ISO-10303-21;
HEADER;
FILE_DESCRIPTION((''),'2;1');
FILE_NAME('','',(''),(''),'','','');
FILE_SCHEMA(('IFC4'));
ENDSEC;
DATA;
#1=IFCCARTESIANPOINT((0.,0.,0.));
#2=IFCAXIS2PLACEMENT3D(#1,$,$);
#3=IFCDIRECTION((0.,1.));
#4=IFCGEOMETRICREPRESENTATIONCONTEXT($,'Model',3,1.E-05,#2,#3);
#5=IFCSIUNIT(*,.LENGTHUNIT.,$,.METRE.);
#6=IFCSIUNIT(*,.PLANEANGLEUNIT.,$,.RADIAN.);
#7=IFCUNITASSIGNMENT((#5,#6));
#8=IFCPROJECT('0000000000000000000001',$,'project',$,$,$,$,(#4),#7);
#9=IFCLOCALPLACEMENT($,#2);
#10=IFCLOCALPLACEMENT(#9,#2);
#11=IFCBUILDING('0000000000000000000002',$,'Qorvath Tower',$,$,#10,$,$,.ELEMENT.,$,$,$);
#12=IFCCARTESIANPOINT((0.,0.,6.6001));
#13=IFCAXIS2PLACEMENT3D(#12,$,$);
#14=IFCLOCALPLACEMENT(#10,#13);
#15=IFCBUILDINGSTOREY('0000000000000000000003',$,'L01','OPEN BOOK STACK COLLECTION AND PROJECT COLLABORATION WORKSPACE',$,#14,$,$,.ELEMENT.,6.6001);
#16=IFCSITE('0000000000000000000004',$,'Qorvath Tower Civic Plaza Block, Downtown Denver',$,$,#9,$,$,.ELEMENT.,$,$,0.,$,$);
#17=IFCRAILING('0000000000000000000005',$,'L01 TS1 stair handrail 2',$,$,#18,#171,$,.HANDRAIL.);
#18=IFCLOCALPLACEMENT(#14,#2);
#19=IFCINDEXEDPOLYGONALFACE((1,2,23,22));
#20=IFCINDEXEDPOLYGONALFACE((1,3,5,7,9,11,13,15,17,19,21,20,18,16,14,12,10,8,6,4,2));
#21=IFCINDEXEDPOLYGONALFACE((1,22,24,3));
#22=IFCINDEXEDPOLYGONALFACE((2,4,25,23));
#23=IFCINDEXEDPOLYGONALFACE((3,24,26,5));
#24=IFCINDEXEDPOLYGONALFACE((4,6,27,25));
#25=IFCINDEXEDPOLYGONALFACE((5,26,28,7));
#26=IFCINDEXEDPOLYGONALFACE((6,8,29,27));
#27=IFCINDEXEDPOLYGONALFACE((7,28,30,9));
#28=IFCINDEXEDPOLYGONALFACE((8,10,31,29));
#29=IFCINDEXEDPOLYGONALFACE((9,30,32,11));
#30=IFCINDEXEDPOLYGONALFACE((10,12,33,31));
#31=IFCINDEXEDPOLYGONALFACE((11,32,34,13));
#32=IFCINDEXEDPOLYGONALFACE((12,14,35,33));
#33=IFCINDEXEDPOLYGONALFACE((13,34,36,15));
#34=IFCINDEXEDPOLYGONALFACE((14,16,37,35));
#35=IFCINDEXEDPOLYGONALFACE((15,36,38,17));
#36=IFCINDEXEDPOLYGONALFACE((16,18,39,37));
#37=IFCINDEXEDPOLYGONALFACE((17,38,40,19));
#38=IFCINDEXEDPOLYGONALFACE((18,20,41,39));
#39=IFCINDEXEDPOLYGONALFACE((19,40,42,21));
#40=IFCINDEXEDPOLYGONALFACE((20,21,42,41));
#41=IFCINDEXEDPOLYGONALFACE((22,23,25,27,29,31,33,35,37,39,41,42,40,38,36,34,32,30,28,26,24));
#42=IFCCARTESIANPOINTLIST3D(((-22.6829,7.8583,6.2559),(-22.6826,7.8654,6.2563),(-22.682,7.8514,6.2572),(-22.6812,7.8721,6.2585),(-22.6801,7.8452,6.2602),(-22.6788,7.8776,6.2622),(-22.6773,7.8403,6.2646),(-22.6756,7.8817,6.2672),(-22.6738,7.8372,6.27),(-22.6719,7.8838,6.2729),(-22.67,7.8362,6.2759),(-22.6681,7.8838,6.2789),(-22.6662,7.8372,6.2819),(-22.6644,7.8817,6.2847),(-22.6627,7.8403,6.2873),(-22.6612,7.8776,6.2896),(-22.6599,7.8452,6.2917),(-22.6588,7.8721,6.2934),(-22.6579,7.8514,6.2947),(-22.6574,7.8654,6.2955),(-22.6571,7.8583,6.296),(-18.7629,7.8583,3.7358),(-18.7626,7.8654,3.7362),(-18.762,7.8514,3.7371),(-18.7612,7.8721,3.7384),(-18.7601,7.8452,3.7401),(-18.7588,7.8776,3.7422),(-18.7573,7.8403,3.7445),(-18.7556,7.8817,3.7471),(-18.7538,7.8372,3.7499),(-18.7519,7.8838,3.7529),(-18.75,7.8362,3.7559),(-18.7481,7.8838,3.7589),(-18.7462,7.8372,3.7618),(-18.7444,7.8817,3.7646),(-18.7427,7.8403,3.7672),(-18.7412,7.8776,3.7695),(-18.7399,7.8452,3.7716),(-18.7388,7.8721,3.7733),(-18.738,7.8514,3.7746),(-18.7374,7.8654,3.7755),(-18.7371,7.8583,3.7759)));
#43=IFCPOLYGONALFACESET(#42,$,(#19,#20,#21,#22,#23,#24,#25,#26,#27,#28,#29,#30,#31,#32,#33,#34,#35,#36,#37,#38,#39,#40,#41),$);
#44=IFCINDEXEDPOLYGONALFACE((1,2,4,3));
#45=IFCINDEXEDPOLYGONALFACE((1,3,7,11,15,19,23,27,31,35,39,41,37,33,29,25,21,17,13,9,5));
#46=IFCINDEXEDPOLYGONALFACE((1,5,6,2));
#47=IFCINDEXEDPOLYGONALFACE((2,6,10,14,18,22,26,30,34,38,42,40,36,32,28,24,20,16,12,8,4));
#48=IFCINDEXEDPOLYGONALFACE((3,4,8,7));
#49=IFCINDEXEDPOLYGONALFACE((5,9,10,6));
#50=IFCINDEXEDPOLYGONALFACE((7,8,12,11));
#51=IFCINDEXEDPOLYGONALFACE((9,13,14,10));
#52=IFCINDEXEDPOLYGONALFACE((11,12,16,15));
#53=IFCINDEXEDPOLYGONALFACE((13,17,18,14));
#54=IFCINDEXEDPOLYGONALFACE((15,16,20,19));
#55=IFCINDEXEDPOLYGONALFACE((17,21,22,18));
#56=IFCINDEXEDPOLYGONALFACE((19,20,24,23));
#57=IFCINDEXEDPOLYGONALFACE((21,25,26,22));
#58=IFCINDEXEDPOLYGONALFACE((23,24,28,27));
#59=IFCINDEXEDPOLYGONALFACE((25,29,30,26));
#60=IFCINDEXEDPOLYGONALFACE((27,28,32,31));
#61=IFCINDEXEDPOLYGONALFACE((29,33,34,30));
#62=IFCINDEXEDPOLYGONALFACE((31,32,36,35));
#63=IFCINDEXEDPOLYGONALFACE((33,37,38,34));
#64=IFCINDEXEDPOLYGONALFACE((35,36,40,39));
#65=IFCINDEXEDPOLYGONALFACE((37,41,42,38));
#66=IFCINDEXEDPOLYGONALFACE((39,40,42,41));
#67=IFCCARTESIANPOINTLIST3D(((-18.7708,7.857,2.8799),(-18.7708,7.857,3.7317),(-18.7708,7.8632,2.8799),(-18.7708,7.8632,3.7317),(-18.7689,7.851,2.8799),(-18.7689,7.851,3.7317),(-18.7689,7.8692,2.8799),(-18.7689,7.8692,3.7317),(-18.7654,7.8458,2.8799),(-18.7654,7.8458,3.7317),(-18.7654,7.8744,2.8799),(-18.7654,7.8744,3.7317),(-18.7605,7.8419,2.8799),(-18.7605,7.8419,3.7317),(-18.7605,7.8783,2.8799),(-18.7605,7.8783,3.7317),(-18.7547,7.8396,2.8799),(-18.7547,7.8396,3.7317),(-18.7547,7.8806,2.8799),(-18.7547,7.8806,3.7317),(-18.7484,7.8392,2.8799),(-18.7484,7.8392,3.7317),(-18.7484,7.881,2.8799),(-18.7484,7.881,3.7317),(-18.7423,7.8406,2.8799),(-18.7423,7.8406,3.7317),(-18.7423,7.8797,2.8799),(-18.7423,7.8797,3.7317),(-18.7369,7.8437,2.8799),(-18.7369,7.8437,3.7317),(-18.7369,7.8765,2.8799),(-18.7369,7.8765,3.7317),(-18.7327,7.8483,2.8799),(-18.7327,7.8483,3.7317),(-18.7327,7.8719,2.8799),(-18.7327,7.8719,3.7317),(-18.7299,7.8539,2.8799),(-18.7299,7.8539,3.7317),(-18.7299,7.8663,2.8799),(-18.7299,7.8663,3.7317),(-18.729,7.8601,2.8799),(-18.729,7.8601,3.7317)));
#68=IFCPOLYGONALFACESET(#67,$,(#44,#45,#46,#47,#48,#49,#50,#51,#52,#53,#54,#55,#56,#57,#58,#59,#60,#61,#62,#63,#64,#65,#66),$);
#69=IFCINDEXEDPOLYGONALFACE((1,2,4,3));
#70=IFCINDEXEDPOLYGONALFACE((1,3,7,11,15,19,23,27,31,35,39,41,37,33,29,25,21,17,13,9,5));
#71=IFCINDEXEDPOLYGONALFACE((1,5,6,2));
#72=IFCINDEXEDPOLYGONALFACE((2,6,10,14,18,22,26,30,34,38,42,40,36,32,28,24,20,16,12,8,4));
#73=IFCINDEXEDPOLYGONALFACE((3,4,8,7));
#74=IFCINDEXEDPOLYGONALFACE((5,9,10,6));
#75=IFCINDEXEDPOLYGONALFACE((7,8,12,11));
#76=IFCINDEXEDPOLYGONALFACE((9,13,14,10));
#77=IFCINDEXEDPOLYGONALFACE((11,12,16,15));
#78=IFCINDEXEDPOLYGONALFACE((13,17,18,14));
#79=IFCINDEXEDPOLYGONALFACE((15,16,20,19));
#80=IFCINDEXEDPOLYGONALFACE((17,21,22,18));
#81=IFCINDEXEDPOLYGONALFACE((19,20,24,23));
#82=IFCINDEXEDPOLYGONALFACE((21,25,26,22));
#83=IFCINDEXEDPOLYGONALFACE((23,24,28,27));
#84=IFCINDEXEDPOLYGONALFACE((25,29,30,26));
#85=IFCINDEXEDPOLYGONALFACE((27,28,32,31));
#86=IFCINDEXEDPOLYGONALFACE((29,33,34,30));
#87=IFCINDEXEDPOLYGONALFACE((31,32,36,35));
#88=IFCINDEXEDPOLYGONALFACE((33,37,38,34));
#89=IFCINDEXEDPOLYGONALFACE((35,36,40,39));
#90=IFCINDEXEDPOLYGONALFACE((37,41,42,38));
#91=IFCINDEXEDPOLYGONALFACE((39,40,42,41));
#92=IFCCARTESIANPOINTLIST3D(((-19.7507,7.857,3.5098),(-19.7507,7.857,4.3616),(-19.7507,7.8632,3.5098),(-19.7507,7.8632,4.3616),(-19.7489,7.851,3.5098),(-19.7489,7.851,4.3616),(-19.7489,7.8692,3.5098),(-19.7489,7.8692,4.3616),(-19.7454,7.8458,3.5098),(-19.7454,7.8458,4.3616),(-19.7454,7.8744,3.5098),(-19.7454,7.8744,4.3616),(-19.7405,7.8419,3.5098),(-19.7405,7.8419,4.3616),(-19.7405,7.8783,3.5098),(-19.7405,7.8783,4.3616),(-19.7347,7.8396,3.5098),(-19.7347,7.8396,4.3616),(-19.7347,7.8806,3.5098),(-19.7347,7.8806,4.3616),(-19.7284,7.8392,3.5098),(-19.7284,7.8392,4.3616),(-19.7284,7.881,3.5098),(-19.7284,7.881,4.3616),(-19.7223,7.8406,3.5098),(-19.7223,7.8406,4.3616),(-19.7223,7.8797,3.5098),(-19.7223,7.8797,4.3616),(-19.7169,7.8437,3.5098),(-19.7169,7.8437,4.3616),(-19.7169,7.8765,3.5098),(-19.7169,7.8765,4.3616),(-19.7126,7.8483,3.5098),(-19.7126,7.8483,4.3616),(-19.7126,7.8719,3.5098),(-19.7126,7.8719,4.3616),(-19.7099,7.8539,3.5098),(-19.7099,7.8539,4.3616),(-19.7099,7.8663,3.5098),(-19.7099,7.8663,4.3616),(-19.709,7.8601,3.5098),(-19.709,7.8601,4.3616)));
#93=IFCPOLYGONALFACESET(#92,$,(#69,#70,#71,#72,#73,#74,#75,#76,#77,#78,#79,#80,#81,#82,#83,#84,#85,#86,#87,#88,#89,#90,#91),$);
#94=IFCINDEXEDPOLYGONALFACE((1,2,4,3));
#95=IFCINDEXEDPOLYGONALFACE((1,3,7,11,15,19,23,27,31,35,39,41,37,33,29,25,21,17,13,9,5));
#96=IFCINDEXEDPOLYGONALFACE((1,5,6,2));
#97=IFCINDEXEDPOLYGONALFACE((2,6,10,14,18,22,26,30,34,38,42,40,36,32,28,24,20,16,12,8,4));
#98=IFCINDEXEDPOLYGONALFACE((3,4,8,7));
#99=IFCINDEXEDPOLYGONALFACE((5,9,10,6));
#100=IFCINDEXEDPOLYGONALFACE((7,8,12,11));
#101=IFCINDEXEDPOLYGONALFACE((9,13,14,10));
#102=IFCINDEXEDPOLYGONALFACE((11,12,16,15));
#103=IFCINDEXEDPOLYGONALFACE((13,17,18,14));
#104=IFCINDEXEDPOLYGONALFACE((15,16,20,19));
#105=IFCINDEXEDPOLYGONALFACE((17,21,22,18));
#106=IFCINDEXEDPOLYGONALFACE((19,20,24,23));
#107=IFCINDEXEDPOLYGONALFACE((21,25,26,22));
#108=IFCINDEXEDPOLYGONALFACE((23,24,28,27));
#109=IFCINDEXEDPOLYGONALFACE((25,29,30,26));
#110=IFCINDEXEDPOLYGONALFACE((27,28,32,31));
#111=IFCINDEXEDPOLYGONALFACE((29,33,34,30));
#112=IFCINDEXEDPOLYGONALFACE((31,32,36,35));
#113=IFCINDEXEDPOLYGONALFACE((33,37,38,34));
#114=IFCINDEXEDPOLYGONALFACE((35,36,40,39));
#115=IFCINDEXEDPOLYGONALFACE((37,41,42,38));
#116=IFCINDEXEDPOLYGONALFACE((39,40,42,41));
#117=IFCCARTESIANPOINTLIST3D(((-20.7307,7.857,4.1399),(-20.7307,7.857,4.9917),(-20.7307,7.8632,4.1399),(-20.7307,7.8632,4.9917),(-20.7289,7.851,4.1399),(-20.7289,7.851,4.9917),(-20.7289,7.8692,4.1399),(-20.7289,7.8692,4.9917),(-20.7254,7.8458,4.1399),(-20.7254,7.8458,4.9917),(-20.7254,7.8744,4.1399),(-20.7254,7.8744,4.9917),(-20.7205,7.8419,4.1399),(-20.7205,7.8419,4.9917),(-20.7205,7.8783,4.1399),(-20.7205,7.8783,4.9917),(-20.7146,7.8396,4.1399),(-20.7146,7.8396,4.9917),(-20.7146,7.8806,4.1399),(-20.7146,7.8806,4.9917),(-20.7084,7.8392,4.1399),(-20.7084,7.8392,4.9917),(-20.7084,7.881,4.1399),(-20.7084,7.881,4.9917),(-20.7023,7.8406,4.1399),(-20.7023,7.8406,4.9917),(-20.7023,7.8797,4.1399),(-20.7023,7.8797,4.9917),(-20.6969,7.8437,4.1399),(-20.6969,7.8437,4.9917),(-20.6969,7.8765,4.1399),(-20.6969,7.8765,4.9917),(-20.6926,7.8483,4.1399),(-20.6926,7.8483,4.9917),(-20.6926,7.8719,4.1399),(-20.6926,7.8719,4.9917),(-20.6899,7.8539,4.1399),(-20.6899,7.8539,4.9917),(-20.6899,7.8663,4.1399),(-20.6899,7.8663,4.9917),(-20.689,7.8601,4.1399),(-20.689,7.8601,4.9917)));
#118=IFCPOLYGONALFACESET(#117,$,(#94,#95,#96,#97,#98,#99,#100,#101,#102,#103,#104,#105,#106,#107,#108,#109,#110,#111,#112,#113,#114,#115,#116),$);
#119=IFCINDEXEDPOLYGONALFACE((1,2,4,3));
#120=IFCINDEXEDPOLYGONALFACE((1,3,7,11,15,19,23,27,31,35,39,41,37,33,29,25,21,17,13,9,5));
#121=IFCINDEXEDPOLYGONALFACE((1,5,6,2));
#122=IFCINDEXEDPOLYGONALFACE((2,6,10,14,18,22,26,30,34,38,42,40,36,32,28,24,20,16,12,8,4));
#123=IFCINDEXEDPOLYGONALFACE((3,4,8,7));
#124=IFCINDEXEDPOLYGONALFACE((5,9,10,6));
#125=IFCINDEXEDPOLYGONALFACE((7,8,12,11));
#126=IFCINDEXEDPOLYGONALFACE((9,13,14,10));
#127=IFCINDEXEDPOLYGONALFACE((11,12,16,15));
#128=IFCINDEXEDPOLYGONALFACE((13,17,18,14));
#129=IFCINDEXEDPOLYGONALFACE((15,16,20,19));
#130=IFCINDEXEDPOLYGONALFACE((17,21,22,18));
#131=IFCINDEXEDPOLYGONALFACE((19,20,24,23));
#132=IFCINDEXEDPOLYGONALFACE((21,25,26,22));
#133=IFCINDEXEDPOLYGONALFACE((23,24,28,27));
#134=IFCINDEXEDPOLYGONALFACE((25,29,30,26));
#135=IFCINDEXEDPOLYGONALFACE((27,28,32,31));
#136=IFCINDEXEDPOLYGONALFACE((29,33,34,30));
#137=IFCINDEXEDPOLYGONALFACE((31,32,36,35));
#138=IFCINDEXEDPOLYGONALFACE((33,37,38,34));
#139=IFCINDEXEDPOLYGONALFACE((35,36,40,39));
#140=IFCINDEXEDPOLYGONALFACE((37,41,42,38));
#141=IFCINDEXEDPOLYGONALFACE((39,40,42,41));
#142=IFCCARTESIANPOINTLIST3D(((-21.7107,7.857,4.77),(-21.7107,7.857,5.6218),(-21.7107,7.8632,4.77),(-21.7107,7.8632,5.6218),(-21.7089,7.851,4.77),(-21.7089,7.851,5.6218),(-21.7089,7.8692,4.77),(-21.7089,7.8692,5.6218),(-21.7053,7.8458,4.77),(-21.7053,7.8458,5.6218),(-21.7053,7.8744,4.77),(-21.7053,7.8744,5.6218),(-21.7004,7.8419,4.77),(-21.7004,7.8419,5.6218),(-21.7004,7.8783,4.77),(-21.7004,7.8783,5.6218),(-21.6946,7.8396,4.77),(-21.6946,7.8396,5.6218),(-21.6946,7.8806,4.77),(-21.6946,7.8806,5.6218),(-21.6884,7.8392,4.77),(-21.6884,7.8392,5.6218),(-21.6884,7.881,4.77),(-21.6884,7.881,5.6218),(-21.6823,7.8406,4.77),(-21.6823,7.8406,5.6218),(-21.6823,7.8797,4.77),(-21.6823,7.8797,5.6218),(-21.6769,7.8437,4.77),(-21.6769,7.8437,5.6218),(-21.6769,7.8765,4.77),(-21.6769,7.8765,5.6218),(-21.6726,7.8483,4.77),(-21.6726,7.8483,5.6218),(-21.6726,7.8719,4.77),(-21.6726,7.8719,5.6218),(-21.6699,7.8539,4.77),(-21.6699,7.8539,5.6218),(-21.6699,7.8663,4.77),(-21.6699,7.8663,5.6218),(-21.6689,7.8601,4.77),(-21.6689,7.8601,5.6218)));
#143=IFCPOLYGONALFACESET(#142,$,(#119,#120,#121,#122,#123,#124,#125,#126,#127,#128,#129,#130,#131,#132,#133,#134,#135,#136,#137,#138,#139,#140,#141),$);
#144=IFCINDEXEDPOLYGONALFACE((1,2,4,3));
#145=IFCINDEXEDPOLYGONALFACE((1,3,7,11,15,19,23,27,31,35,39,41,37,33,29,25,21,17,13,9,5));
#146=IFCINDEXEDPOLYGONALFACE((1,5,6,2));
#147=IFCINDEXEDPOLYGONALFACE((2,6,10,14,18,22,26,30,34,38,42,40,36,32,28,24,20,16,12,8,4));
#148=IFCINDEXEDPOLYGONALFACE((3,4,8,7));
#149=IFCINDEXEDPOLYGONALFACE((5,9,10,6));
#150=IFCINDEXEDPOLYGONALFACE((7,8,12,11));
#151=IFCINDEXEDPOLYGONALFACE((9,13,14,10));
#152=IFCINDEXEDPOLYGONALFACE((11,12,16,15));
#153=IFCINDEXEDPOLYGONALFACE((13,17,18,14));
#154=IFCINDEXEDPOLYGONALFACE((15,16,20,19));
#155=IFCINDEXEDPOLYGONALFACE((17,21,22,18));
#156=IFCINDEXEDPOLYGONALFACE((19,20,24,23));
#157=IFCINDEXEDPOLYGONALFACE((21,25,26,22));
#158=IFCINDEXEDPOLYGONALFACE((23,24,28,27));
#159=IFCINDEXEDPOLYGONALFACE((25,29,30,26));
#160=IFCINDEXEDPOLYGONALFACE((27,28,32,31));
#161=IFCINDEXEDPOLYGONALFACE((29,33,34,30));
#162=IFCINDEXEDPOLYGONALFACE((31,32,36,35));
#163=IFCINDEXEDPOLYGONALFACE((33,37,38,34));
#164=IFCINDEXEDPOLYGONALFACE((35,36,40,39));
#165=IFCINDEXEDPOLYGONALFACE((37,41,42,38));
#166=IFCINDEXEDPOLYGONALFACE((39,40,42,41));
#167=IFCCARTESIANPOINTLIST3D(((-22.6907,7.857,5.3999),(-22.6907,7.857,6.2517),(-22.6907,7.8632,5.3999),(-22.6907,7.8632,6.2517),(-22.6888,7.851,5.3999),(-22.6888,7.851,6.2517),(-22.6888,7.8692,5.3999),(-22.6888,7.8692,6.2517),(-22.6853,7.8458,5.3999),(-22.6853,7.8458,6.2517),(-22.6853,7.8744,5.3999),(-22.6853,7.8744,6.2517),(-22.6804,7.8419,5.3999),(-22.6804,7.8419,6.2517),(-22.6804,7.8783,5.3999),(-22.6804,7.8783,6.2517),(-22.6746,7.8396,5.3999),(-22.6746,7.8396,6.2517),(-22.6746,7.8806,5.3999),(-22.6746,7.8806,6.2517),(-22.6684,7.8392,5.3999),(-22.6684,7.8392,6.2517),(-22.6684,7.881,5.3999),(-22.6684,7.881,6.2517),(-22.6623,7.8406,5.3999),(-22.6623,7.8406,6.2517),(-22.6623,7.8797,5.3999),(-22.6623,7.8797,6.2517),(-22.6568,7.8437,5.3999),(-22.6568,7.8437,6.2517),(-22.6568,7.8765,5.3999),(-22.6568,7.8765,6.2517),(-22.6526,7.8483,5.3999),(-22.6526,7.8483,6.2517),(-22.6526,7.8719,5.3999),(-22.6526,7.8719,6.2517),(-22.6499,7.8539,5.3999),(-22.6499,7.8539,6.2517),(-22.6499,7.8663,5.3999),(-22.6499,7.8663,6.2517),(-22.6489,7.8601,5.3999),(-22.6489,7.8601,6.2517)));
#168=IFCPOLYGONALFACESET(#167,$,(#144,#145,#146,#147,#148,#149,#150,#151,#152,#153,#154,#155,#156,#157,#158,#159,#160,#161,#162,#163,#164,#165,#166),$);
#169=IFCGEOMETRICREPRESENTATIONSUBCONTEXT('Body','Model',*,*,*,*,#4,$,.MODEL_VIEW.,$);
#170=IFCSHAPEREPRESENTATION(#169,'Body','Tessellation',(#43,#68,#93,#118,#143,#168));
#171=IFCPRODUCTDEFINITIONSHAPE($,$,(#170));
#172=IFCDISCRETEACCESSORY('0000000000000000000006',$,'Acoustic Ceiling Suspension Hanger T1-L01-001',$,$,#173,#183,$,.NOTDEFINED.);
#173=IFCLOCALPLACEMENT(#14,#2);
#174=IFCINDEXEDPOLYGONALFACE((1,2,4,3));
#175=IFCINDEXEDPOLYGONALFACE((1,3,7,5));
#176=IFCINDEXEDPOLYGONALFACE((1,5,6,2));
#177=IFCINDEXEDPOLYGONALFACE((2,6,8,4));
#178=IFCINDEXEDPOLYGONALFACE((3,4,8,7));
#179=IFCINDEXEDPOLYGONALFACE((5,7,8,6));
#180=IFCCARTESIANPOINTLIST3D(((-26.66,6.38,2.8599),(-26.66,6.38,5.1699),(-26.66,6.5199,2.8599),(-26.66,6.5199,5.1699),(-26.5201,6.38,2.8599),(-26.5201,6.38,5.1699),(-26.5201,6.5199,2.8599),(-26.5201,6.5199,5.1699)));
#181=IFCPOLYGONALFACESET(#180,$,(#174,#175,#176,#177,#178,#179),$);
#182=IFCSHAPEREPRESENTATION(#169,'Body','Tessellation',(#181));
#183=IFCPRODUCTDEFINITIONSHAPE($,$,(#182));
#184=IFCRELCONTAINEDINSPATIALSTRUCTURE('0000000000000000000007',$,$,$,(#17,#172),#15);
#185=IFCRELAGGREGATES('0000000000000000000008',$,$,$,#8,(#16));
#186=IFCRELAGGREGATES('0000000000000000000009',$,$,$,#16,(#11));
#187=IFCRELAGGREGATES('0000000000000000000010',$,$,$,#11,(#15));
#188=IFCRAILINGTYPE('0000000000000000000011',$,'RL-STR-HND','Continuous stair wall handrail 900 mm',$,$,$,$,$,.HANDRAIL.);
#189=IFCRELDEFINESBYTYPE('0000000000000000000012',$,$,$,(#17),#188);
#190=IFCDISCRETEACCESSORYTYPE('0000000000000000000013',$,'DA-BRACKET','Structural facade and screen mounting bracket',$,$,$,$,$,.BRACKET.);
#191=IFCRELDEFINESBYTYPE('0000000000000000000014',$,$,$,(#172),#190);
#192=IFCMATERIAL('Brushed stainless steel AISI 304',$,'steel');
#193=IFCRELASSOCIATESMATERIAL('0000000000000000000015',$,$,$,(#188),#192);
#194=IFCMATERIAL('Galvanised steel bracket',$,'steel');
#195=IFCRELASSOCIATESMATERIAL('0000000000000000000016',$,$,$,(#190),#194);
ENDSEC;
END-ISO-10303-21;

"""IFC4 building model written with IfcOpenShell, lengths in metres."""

from ifc_helpers import new_model, si_unit, direction, frame, origin, origin_2d, place, context, subcontext, project, spatial, rectangle, circle, extrude, material, type_object, element, save


model = new_model("IFC4")

# Units and contexts
model_context = context("Model", 3, precision=1e-05, world=origin(), true_north=direction((0.0, 1.0)))
body_context = subcontext(model_context, "Body", "Model", "MODEL_VIEW")
ifc_project = project(units=[si_unit("LENGTHUNIT", "METRE"), si_unit("PLANEANGLEUNIT", "RADIAN")], contexts=[model_context])

# Site, building, storey
site_placement = place(None, origin())
site = spatial("IfcSite", under=ifc_project, at=site_placement, Name="Qorvath Tower Civic Plaza Block, Downtown Denver", CompositionType="ELEMENT", RefElevation=0.0)
building_placement = place(site_placement, origin())
building = spatial("IfcBuilding", under=site, at=building_placement, Name="Qorvath Tower", CompositionType="ELEMENT")
storey_placement = place(building_placement, frame((0.0, 0.0, 6.6001)))
storey = spatial("IfcBuildingStorey", under=building, at=storey_placement, Name="L01", Description="OPEN BOOK STACK COLLECTION AND PROJECT COLLABORATION WORKSPACE", CompositionType="ELEMENT", Elevation=6.6001)

# Railing
ifc_material_1 = material(Name="Brushed stainless steel AISI 304", Category="steel")
railing_type_1 = type_object("IfcRailingType", Name="RL-STR-HND", Description="Continuous stair wall handrail 900 mm", PredefinedType="HANDRAIL", material=ifc_material_1)
railing_1_placement = place(storey_placement, frame((-18.75, 7.8601, 2.8799)))
element("IfcRailing", 1, at=railing_1_placement, inside=storey, type_object=railing_type_1, Name="L01 TS1 stair handrail 2", PredefinedType="HANDRAIL", context=body_context, shape_type="SweptSolid", body=[
    extrude(circle(Radius=0.0239, at=origin_2d()), frame((0.0, 0.0, 0.876), z_axis=(-0.841172, 0.0, 0.540768), x_axis=(0.0, -1.0, 0.0)), (0.0, 0.0, 1.0), 4.6602),
    extrude(circle(Radius=0.021, at=origin_2d()), origin(), (0.0, 0.0, 1.0), 0.8518),
    extrude(circle(Radius=0.021, at=origin_2d()), frame((-0.98, 0.0, 0.6299)), (0.0, 0.0, 1.0), 0.8518),
    extrude(circle(Radius=0.021, at=origin_2d()), frame((-1.96, 0.0, 1.26)), (0.0, 0.0, 1.0), 0.8518),
    extrude(circle(Radius=0.021, at=origin_2d()), frame((-2.9399, 0.0, 1.8901)), (0.0, 0.0, 1.0), 0.8518),
    extrude(circle(Radius=0.021, at=origin_2d()), frame((-3.9199, 0.0, 2.52)), (0.0, 0.0, 1.0), 0.8518),
])

# Discrete accessory
ifc_material_2 = material(Name="Galvanised steel bracket", Category="steel")
discrete_accessory_type = type_object("IfcDiscreteAccessoryType", Name="DA-BRACKET", Description="Structural facade and screen mounting bracket", PredefinedType="BRACKET", material=ifc_material_2)
discrete_accessory_placement = place(storey_placement, frame((-26.5901, 6.45, 2.8599), z_axis=(0.0, 0.0, 1.0), x_axis=(1.0, 0.0, 0.0)))
element("IfcDiscreteAccessory", 2, at=discrete_accessory_placement, inside=storey, type_object=discrete_accessory_type, Name="Acoustic Ceiling Suspension Hanger T1-L01-001", PredefinedType="NOTDEFINED", context=body_context, shape_type="SweptSolid", body=[
    extrude(rectangle(XDim=0.1399, YDim=0.1399, at=origin_2d()), origin(), (0.0, 0.0, 1.0), 2.3101),
])

save(model, "model.ifc")
